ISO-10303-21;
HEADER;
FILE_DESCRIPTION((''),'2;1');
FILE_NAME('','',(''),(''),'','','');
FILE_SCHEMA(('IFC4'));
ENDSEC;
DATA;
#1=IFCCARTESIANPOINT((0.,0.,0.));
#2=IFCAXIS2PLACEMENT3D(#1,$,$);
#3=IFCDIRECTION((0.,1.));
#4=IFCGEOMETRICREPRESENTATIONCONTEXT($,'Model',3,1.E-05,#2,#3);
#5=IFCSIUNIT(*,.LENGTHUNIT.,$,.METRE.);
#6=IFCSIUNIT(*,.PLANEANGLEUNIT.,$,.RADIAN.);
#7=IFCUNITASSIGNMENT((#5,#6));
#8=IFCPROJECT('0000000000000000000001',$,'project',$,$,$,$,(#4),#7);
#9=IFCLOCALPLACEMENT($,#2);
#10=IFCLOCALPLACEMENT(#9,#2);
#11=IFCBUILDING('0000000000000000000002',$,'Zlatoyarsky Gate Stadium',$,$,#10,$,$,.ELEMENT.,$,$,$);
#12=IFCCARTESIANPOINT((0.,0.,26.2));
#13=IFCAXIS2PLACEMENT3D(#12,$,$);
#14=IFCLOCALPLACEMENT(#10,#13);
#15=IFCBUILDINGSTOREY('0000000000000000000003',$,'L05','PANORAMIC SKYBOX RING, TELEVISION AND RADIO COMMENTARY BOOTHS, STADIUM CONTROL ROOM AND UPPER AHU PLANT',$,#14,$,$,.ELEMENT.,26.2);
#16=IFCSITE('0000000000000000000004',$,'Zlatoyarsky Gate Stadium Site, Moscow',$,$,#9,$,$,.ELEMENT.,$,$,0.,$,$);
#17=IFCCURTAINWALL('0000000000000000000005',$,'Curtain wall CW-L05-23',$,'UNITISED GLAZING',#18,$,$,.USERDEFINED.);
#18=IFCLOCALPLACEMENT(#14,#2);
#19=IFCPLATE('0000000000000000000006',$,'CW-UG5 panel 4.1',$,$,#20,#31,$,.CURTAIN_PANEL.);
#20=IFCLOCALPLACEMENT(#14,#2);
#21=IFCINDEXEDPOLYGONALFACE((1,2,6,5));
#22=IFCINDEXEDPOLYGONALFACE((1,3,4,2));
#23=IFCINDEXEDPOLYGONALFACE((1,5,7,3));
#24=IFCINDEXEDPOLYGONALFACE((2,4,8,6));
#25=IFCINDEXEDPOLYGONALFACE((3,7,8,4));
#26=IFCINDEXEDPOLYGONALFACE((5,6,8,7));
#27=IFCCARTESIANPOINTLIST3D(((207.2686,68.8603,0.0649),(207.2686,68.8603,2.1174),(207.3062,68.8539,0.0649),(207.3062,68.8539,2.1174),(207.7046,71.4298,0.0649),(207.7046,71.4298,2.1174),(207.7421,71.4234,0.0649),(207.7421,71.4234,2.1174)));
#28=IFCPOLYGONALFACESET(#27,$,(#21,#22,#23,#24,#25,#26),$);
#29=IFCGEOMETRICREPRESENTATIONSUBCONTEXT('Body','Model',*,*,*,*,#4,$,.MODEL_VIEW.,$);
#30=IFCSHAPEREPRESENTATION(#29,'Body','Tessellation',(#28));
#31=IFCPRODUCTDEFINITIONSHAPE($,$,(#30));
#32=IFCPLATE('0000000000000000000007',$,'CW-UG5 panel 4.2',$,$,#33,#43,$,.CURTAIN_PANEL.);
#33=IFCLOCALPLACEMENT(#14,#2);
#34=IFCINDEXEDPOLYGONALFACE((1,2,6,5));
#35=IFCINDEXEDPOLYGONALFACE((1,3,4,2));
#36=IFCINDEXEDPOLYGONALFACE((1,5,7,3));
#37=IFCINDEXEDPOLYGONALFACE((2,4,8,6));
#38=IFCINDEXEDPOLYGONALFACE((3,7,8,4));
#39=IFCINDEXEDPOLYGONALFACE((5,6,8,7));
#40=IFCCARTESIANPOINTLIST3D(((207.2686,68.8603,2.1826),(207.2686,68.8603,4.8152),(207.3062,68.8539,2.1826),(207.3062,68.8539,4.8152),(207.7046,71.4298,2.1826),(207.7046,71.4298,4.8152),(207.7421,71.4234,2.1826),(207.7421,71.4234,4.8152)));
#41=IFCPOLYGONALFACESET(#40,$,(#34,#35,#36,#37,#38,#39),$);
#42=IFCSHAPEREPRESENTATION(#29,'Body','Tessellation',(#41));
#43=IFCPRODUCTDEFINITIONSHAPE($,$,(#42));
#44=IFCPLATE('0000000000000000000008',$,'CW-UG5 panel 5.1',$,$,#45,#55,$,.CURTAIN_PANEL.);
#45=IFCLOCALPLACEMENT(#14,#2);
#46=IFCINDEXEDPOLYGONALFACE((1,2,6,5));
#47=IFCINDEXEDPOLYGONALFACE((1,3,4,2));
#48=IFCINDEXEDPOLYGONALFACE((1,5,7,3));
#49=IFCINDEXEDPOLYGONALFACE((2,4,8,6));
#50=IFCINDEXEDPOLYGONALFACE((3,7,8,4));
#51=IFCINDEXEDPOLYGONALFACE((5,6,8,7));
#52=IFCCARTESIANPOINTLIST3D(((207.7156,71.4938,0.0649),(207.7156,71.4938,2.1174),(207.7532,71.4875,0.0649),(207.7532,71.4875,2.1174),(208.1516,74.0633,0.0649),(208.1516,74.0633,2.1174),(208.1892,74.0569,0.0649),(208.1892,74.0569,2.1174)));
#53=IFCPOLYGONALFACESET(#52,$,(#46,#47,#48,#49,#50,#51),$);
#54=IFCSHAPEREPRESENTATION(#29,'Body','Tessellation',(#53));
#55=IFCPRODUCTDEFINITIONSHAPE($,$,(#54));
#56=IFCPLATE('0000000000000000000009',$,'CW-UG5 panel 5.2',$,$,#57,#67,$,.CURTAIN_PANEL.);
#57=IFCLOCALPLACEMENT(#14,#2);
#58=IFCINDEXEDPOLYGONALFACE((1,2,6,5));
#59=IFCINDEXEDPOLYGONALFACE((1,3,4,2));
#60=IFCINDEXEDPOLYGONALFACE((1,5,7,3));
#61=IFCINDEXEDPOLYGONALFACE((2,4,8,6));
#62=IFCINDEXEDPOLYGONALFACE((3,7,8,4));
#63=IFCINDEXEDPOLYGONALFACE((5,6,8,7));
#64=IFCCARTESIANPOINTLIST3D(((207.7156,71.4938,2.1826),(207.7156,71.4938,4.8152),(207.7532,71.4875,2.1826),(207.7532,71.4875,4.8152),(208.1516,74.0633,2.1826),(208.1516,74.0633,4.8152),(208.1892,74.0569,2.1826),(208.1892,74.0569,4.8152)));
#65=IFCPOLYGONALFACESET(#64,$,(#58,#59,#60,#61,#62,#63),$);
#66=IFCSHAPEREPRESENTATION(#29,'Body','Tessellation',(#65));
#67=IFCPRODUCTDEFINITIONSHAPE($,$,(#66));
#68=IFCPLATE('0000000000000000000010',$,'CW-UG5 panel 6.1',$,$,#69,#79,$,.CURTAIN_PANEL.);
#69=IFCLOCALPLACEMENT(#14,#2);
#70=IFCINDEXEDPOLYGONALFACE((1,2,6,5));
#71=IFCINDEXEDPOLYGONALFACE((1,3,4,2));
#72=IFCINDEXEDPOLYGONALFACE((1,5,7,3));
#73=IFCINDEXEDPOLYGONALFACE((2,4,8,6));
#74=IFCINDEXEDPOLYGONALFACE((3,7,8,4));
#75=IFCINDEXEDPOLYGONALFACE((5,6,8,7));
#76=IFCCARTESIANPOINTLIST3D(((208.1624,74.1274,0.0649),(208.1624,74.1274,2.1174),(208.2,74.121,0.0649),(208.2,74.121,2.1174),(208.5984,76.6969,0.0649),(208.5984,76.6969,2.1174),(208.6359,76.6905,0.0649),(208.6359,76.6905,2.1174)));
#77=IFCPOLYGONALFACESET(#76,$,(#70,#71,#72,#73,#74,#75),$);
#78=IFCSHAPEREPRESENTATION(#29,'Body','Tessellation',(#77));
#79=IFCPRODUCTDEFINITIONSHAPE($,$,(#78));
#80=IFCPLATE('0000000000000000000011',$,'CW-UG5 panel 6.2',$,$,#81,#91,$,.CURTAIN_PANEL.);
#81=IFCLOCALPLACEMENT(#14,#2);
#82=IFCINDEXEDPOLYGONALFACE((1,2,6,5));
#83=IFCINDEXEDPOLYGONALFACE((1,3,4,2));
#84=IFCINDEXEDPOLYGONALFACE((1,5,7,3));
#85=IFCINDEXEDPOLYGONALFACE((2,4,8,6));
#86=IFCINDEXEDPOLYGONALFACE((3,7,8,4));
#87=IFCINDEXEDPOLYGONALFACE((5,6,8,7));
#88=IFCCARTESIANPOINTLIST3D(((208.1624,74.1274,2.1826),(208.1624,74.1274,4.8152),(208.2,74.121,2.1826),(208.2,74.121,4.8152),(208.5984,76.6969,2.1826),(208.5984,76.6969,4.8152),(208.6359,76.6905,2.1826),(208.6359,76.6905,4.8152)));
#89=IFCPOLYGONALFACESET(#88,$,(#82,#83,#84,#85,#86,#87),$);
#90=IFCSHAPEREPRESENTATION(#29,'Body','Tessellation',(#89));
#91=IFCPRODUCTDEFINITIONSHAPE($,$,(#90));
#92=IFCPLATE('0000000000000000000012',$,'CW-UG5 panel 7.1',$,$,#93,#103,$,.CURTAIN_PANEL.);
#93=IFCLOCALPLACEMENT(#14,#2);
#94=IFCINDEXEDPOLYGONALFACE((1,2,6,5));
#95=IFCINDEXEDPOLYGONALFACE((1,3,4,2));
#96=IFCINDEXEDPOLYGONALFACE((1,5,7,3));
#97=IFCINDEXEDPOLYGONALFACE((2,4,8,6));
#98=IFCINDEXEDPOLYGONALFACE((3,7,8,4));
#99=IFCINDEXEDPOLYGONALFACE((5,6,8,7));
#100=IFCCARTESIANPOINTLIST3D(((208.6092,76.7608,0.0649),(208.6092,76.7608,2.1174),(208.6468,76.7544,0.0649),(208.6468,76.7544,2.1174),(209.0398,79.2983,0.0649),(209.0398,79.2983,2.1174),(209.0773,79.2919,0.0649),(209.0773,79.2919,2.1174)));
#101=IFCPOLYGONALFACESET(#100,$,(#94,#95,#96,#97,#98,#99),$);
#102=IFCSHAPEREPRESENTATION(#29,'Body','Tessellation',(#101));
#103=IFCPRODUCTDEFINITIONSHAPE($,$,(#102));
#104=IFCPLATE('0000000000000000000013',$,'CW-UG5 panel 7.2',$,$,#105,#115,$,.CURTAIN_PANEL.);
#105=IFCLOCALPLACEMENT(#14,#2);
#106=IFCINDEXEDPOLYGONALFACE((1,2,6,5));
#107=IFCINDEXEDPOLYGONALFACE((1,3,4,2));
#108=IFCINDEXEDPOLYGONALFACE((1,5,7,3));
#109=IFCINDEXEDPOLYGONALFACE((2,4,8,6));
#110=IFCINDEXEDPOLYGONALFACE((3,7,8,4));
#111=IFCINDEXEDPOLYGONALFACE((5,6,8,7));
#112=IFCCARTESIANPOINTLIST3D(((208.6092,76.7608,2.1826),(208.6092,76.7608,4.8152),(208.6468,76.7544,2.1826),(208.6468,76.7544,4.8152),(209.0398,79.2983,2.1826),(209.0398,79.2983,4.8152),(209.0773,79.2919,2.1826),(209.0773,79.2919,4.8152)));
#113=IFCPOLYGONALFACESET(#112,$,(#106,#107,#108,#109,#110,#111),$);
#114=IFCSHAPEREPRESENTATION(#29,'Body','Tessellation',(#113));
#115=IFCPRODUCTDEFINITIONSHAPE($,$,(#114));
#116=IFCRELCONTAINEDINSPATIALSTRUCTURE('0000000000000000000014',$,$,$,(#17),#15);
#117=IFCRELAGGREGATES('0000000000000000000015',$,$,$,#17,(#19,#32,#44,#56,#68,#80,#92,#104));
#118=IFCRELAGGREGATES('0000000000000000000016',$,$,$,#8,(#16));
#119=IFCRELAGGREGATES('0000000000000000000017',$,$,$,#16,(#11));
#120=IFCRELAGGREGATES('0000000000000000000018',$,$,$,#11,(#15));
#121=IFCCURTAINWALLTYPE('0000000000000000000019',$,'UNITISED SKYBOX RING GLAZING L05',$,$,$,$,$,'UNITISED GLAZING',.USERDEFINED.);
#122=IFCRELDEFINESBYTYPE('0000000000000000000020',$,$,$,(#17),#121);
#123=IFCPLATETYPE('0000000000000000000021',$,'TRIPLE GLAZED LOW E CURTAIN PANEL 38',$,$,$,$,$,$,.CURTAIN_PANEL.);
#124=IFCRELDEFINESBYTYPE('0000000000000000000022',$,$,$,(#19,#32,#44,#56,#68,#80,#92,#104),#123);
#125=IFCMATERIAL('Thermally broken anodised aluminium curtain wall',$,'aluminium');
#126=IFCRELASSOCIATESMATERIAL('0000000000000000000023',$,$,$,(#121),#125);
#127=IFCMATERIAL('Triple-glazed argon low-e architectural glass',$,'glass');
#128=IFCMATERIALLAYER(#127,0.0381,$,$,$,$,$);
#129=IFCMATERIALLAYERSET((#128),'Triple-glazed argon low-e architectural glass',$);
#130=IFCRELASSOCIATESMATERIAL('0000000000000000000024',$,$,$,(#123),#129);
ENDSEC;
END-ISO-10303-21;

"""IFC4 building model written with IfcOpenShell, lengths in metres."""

from ifc_helpers import new_model, si_unit, direction, frame, origin, origin_2d, place, context, subcontext, project, spatial, rectangle, extrude, material, layer, layer_set, type_object, element, aggregate, save


model = new_model("IFC4")

# Units and contexts
model_context = context("Model", 3, precision=1e-05, world=origin(), true_north=direction((0.0, 1.0)))
body_context = subcontext(model_context, "Body", "Model", "MODEL_VIEW")
ifc_project = project(units=[si_unit("LENGTHUNIT", "METRE"), si_unit("PLANEANGLEUNIT", "RADIAN")], contexts=[model_context])

# Site, building, storey
site_placement = place(None, origin())
site = spatial("IfcSite", under=ifc_project, at=site_placement, Name="Zlatoyarsky Gate Stadium Site, Moscow", CompositionType="ELEMENT", RefElevation=0.0)
building_placement = place(site_placement, origin())
building = spatial("IfcBuilding", under=site, at=building_placement, Name="Zlatoyarsky Gate Stadium", CompositionType="ELEMENT")
storey_placement = place(building_placement, frame((0.0, 0.0, 26.2)))
storey = spatial("IfcBuildingStorey", under=building, at=storey_placement, Name="L05", Description="PANORAMIC SKYBOX RING, TELEVISION AND RADIO COMMENTARY BOOTHS, STADIUM CONTROL ROOM AND UPPER AHU PLANT", CompositionType="ELEMENT", Elevation=26.2)

# Curtain wall
ifc_material_1 = material(Name="Thermally broken anodised aluminium curtain wall", Category="aluminium")
curtain_wall_type = type_object("IfcCurtainWallType", Name="UNITISED SKYBOX RING GLAZING L05", ElementType="UNITISED GLAZING", PredefinedType="USERDEFINED", material=ifc_material_1)
curtain_wall_placement = place(storey_placement, origin())
curtain_wall = element("IfcCurtainWall", 1, at=curtain_wall_placement, inside=storey, type_object=curtain_wall_type, Name="Curtain wall CW-L05-23", ObjectType="UNITISED GLAZING", PredefinedType="USERDEFINED")

# Plates
ifc_material_2 = material(Name="Triple-glazed argon low-e architectural glass", Category="glass")
ifc_layer_1 = layer(ifc_material_2, 0.0381)
ifc_layer_set_1 = layer_set([ifc_layer_1], Name="Triple-glazed argon low-e architectural glass")
plate_type_1 = type_object("IfcPlateType", Name="TRIPLE GLAZED LOW E CURTAIN PANEL 38", PredefinedType="CURTAIN_PANEL", material=ifc_layer_set_1)
plate_1_placement = place(storey_placement, frame((207.5054, 70.1418, 0.0649), z_axis=(0.0, 0.0, 1.0), x_axis=(0.167284, 0.985909, 0.0)))
plate_1 = element("IfcPlate", 2, at=plate_1_placement, type_object=plate_type_1, Name="CW-UG5 panel 4.1", PredefinedType="CURTAIN_PANEL", context=body_context, shape_type="SweptSolid", body=[
    extrude(rectangle(XDim=2.6062, YDim=0.0381, at=origin_2d()), origin(), (0.0, 0.0, 1.0), 2.0525),
])
plate_2_placement = place(storey_placement, frame((207.5054, 70.1418, 2.1826), z_axis=(0.0, 0.0, 1.0), x_axis=(0.167284, 0.985909, 0.0)))
plate_2 = element("IfcPlate", 3, at=plate_2_placement, type_object=plate_type_1, Name="CW-UG5 panel 4.2", PredefinedType="CURTAIN_PANEL", context=body_context, shape_type="SweptSolid", body=[
    extrude(rectangle(XDim=2.6062, YDim=0.0381, at=origin_2d()), origin(), (0.0, 0.0, 1.0), 2.6326),
])
plate_3_placement = place(storey_placement, frame((207.9524, 72.7754, 0.0649), z_axis=(0.0, 0.0, 1.0), x_axis=(0.167284, 0.985909, 0.0)))
plate_3 = element("IfcPlate", 4, at=plate_3_placement, type_object=plate_type_1, Name="CW-UG5 panel 5.1", PredefinedType="CURTAIN_PANEL", context=body_context, shape_type="SweptSolid", body=[
    extrude(rectangle(XDim=2.6062, YDim=0.0381, at=origin_2d()), origin(), (0.0, 0.0, 1.0), 2.0525),
])
plate_4_placement = place(storey_placement, frame((207.9524, 72.7754, 2.1826), z_axis=(0.0, 0.0, 1.0), x_axis=(0.167284, 0.985909, 0.0)))
plate_4 = element("IfcPlate", 5, at=plate_4_placement, type_object=plate_type_1, Name="CW-UG5 panel 5.2", PredefinedType="CURTAIN_PANEL", context=body_context, shape_type="SweptSolid", body=[
    extrude(rectangle(XDim=2.6062, YDim=0.0381, at=origin_2d()), origin(), (0.0, 0.0, 1.0), 2.6326),
])
plate_5_placement = place(storey_placement, frame((208.3992, 75.4089, 0.0649), z_axis=(0.0, 0.0, 1.0), x_axis=(0.167284, 0.985909, 0.0)))
plate_5 = element("IfcPlate", 6, at=plate_5_placement, type_object=plate_type_1, Name="CW-UG5 panel 6.1", PredefinedType="CURTAIN_PANEL", context=body_context, shape_type="SweptSolid", body=[
    extrude(rectangle(XDim=2.6062, YDim=0.0381, at=origin_2d()), origin(), (0.0, 0.0, 1.0), 2.0525),
])
plate_6_placement = place(storey_placement, frame((208.3992, 75.4089, 2.1826), z_axis=(0.0, 0.0, 1.0), x_axis=(0.167284, 0.985909, 0.0)))
plate_6 = element("IfcPlate", 7, at=plate_6_placement, type_object=plate_type_1, Name="CW-UG5 panel 6.2", PredefinedType="CURTAIN_PANEL", context=body_context, shape_type="SweptSolid", body=[
    extrude(rectangle(XDim=2.6062, YDim=0.0381, at=origin_2d()), origin(), (0.0, 0.0, 1.0), 2.6326),
])
plate_7_placement = place(storey_placement, frame((208.8433, 78.0264, 0.0649), z_axis=(0.0, 0.0, 1.0), x_axis=(0.167284, 0.985909, 0.0)))
plate_7 = element("IfcPlate", 8, at=plate_7_placement, type_object=plate_type_1, Name="CW-UG5 panel 7.1", PredefinedType="CURTAIN_PANEL", context=body_context, shape_type="SweptSolid", body=[
    extrude(rectangle(XDim=2.5737, YDim=0.0381, at=origin_2d()), origin(), (0.0, 0.0, 1.0), 2.0525),
])
plate_8_placement = place(storey_placement, frame((208.8433, 78.0264, 2.1826), z_axis=(0.0, 0.0, 1.0), x_axis=(0.167284, 0.985909, 0.0)))
plate_8 = element("IfcPlate", 9, at=plate_8_placement, type_object=plate_type_1, Name="CW-UG5 panel 7.2", PredefinedType="CURTAIN_PANEL", context=body_context, shape_type="SweptSolid", body=[
    extrude(rectangle(XDim=2.5737, YDim=0.0381, at=origin_2d()), origin(), (0.0, 0.0, 1.0), 2.6326),
])
aggregate(curtain_wall, [plate_1, plate_2, plate_3, plate_4, plate_5, plate_6, plate_7, plate_8])

save(model, "model.ifc")
